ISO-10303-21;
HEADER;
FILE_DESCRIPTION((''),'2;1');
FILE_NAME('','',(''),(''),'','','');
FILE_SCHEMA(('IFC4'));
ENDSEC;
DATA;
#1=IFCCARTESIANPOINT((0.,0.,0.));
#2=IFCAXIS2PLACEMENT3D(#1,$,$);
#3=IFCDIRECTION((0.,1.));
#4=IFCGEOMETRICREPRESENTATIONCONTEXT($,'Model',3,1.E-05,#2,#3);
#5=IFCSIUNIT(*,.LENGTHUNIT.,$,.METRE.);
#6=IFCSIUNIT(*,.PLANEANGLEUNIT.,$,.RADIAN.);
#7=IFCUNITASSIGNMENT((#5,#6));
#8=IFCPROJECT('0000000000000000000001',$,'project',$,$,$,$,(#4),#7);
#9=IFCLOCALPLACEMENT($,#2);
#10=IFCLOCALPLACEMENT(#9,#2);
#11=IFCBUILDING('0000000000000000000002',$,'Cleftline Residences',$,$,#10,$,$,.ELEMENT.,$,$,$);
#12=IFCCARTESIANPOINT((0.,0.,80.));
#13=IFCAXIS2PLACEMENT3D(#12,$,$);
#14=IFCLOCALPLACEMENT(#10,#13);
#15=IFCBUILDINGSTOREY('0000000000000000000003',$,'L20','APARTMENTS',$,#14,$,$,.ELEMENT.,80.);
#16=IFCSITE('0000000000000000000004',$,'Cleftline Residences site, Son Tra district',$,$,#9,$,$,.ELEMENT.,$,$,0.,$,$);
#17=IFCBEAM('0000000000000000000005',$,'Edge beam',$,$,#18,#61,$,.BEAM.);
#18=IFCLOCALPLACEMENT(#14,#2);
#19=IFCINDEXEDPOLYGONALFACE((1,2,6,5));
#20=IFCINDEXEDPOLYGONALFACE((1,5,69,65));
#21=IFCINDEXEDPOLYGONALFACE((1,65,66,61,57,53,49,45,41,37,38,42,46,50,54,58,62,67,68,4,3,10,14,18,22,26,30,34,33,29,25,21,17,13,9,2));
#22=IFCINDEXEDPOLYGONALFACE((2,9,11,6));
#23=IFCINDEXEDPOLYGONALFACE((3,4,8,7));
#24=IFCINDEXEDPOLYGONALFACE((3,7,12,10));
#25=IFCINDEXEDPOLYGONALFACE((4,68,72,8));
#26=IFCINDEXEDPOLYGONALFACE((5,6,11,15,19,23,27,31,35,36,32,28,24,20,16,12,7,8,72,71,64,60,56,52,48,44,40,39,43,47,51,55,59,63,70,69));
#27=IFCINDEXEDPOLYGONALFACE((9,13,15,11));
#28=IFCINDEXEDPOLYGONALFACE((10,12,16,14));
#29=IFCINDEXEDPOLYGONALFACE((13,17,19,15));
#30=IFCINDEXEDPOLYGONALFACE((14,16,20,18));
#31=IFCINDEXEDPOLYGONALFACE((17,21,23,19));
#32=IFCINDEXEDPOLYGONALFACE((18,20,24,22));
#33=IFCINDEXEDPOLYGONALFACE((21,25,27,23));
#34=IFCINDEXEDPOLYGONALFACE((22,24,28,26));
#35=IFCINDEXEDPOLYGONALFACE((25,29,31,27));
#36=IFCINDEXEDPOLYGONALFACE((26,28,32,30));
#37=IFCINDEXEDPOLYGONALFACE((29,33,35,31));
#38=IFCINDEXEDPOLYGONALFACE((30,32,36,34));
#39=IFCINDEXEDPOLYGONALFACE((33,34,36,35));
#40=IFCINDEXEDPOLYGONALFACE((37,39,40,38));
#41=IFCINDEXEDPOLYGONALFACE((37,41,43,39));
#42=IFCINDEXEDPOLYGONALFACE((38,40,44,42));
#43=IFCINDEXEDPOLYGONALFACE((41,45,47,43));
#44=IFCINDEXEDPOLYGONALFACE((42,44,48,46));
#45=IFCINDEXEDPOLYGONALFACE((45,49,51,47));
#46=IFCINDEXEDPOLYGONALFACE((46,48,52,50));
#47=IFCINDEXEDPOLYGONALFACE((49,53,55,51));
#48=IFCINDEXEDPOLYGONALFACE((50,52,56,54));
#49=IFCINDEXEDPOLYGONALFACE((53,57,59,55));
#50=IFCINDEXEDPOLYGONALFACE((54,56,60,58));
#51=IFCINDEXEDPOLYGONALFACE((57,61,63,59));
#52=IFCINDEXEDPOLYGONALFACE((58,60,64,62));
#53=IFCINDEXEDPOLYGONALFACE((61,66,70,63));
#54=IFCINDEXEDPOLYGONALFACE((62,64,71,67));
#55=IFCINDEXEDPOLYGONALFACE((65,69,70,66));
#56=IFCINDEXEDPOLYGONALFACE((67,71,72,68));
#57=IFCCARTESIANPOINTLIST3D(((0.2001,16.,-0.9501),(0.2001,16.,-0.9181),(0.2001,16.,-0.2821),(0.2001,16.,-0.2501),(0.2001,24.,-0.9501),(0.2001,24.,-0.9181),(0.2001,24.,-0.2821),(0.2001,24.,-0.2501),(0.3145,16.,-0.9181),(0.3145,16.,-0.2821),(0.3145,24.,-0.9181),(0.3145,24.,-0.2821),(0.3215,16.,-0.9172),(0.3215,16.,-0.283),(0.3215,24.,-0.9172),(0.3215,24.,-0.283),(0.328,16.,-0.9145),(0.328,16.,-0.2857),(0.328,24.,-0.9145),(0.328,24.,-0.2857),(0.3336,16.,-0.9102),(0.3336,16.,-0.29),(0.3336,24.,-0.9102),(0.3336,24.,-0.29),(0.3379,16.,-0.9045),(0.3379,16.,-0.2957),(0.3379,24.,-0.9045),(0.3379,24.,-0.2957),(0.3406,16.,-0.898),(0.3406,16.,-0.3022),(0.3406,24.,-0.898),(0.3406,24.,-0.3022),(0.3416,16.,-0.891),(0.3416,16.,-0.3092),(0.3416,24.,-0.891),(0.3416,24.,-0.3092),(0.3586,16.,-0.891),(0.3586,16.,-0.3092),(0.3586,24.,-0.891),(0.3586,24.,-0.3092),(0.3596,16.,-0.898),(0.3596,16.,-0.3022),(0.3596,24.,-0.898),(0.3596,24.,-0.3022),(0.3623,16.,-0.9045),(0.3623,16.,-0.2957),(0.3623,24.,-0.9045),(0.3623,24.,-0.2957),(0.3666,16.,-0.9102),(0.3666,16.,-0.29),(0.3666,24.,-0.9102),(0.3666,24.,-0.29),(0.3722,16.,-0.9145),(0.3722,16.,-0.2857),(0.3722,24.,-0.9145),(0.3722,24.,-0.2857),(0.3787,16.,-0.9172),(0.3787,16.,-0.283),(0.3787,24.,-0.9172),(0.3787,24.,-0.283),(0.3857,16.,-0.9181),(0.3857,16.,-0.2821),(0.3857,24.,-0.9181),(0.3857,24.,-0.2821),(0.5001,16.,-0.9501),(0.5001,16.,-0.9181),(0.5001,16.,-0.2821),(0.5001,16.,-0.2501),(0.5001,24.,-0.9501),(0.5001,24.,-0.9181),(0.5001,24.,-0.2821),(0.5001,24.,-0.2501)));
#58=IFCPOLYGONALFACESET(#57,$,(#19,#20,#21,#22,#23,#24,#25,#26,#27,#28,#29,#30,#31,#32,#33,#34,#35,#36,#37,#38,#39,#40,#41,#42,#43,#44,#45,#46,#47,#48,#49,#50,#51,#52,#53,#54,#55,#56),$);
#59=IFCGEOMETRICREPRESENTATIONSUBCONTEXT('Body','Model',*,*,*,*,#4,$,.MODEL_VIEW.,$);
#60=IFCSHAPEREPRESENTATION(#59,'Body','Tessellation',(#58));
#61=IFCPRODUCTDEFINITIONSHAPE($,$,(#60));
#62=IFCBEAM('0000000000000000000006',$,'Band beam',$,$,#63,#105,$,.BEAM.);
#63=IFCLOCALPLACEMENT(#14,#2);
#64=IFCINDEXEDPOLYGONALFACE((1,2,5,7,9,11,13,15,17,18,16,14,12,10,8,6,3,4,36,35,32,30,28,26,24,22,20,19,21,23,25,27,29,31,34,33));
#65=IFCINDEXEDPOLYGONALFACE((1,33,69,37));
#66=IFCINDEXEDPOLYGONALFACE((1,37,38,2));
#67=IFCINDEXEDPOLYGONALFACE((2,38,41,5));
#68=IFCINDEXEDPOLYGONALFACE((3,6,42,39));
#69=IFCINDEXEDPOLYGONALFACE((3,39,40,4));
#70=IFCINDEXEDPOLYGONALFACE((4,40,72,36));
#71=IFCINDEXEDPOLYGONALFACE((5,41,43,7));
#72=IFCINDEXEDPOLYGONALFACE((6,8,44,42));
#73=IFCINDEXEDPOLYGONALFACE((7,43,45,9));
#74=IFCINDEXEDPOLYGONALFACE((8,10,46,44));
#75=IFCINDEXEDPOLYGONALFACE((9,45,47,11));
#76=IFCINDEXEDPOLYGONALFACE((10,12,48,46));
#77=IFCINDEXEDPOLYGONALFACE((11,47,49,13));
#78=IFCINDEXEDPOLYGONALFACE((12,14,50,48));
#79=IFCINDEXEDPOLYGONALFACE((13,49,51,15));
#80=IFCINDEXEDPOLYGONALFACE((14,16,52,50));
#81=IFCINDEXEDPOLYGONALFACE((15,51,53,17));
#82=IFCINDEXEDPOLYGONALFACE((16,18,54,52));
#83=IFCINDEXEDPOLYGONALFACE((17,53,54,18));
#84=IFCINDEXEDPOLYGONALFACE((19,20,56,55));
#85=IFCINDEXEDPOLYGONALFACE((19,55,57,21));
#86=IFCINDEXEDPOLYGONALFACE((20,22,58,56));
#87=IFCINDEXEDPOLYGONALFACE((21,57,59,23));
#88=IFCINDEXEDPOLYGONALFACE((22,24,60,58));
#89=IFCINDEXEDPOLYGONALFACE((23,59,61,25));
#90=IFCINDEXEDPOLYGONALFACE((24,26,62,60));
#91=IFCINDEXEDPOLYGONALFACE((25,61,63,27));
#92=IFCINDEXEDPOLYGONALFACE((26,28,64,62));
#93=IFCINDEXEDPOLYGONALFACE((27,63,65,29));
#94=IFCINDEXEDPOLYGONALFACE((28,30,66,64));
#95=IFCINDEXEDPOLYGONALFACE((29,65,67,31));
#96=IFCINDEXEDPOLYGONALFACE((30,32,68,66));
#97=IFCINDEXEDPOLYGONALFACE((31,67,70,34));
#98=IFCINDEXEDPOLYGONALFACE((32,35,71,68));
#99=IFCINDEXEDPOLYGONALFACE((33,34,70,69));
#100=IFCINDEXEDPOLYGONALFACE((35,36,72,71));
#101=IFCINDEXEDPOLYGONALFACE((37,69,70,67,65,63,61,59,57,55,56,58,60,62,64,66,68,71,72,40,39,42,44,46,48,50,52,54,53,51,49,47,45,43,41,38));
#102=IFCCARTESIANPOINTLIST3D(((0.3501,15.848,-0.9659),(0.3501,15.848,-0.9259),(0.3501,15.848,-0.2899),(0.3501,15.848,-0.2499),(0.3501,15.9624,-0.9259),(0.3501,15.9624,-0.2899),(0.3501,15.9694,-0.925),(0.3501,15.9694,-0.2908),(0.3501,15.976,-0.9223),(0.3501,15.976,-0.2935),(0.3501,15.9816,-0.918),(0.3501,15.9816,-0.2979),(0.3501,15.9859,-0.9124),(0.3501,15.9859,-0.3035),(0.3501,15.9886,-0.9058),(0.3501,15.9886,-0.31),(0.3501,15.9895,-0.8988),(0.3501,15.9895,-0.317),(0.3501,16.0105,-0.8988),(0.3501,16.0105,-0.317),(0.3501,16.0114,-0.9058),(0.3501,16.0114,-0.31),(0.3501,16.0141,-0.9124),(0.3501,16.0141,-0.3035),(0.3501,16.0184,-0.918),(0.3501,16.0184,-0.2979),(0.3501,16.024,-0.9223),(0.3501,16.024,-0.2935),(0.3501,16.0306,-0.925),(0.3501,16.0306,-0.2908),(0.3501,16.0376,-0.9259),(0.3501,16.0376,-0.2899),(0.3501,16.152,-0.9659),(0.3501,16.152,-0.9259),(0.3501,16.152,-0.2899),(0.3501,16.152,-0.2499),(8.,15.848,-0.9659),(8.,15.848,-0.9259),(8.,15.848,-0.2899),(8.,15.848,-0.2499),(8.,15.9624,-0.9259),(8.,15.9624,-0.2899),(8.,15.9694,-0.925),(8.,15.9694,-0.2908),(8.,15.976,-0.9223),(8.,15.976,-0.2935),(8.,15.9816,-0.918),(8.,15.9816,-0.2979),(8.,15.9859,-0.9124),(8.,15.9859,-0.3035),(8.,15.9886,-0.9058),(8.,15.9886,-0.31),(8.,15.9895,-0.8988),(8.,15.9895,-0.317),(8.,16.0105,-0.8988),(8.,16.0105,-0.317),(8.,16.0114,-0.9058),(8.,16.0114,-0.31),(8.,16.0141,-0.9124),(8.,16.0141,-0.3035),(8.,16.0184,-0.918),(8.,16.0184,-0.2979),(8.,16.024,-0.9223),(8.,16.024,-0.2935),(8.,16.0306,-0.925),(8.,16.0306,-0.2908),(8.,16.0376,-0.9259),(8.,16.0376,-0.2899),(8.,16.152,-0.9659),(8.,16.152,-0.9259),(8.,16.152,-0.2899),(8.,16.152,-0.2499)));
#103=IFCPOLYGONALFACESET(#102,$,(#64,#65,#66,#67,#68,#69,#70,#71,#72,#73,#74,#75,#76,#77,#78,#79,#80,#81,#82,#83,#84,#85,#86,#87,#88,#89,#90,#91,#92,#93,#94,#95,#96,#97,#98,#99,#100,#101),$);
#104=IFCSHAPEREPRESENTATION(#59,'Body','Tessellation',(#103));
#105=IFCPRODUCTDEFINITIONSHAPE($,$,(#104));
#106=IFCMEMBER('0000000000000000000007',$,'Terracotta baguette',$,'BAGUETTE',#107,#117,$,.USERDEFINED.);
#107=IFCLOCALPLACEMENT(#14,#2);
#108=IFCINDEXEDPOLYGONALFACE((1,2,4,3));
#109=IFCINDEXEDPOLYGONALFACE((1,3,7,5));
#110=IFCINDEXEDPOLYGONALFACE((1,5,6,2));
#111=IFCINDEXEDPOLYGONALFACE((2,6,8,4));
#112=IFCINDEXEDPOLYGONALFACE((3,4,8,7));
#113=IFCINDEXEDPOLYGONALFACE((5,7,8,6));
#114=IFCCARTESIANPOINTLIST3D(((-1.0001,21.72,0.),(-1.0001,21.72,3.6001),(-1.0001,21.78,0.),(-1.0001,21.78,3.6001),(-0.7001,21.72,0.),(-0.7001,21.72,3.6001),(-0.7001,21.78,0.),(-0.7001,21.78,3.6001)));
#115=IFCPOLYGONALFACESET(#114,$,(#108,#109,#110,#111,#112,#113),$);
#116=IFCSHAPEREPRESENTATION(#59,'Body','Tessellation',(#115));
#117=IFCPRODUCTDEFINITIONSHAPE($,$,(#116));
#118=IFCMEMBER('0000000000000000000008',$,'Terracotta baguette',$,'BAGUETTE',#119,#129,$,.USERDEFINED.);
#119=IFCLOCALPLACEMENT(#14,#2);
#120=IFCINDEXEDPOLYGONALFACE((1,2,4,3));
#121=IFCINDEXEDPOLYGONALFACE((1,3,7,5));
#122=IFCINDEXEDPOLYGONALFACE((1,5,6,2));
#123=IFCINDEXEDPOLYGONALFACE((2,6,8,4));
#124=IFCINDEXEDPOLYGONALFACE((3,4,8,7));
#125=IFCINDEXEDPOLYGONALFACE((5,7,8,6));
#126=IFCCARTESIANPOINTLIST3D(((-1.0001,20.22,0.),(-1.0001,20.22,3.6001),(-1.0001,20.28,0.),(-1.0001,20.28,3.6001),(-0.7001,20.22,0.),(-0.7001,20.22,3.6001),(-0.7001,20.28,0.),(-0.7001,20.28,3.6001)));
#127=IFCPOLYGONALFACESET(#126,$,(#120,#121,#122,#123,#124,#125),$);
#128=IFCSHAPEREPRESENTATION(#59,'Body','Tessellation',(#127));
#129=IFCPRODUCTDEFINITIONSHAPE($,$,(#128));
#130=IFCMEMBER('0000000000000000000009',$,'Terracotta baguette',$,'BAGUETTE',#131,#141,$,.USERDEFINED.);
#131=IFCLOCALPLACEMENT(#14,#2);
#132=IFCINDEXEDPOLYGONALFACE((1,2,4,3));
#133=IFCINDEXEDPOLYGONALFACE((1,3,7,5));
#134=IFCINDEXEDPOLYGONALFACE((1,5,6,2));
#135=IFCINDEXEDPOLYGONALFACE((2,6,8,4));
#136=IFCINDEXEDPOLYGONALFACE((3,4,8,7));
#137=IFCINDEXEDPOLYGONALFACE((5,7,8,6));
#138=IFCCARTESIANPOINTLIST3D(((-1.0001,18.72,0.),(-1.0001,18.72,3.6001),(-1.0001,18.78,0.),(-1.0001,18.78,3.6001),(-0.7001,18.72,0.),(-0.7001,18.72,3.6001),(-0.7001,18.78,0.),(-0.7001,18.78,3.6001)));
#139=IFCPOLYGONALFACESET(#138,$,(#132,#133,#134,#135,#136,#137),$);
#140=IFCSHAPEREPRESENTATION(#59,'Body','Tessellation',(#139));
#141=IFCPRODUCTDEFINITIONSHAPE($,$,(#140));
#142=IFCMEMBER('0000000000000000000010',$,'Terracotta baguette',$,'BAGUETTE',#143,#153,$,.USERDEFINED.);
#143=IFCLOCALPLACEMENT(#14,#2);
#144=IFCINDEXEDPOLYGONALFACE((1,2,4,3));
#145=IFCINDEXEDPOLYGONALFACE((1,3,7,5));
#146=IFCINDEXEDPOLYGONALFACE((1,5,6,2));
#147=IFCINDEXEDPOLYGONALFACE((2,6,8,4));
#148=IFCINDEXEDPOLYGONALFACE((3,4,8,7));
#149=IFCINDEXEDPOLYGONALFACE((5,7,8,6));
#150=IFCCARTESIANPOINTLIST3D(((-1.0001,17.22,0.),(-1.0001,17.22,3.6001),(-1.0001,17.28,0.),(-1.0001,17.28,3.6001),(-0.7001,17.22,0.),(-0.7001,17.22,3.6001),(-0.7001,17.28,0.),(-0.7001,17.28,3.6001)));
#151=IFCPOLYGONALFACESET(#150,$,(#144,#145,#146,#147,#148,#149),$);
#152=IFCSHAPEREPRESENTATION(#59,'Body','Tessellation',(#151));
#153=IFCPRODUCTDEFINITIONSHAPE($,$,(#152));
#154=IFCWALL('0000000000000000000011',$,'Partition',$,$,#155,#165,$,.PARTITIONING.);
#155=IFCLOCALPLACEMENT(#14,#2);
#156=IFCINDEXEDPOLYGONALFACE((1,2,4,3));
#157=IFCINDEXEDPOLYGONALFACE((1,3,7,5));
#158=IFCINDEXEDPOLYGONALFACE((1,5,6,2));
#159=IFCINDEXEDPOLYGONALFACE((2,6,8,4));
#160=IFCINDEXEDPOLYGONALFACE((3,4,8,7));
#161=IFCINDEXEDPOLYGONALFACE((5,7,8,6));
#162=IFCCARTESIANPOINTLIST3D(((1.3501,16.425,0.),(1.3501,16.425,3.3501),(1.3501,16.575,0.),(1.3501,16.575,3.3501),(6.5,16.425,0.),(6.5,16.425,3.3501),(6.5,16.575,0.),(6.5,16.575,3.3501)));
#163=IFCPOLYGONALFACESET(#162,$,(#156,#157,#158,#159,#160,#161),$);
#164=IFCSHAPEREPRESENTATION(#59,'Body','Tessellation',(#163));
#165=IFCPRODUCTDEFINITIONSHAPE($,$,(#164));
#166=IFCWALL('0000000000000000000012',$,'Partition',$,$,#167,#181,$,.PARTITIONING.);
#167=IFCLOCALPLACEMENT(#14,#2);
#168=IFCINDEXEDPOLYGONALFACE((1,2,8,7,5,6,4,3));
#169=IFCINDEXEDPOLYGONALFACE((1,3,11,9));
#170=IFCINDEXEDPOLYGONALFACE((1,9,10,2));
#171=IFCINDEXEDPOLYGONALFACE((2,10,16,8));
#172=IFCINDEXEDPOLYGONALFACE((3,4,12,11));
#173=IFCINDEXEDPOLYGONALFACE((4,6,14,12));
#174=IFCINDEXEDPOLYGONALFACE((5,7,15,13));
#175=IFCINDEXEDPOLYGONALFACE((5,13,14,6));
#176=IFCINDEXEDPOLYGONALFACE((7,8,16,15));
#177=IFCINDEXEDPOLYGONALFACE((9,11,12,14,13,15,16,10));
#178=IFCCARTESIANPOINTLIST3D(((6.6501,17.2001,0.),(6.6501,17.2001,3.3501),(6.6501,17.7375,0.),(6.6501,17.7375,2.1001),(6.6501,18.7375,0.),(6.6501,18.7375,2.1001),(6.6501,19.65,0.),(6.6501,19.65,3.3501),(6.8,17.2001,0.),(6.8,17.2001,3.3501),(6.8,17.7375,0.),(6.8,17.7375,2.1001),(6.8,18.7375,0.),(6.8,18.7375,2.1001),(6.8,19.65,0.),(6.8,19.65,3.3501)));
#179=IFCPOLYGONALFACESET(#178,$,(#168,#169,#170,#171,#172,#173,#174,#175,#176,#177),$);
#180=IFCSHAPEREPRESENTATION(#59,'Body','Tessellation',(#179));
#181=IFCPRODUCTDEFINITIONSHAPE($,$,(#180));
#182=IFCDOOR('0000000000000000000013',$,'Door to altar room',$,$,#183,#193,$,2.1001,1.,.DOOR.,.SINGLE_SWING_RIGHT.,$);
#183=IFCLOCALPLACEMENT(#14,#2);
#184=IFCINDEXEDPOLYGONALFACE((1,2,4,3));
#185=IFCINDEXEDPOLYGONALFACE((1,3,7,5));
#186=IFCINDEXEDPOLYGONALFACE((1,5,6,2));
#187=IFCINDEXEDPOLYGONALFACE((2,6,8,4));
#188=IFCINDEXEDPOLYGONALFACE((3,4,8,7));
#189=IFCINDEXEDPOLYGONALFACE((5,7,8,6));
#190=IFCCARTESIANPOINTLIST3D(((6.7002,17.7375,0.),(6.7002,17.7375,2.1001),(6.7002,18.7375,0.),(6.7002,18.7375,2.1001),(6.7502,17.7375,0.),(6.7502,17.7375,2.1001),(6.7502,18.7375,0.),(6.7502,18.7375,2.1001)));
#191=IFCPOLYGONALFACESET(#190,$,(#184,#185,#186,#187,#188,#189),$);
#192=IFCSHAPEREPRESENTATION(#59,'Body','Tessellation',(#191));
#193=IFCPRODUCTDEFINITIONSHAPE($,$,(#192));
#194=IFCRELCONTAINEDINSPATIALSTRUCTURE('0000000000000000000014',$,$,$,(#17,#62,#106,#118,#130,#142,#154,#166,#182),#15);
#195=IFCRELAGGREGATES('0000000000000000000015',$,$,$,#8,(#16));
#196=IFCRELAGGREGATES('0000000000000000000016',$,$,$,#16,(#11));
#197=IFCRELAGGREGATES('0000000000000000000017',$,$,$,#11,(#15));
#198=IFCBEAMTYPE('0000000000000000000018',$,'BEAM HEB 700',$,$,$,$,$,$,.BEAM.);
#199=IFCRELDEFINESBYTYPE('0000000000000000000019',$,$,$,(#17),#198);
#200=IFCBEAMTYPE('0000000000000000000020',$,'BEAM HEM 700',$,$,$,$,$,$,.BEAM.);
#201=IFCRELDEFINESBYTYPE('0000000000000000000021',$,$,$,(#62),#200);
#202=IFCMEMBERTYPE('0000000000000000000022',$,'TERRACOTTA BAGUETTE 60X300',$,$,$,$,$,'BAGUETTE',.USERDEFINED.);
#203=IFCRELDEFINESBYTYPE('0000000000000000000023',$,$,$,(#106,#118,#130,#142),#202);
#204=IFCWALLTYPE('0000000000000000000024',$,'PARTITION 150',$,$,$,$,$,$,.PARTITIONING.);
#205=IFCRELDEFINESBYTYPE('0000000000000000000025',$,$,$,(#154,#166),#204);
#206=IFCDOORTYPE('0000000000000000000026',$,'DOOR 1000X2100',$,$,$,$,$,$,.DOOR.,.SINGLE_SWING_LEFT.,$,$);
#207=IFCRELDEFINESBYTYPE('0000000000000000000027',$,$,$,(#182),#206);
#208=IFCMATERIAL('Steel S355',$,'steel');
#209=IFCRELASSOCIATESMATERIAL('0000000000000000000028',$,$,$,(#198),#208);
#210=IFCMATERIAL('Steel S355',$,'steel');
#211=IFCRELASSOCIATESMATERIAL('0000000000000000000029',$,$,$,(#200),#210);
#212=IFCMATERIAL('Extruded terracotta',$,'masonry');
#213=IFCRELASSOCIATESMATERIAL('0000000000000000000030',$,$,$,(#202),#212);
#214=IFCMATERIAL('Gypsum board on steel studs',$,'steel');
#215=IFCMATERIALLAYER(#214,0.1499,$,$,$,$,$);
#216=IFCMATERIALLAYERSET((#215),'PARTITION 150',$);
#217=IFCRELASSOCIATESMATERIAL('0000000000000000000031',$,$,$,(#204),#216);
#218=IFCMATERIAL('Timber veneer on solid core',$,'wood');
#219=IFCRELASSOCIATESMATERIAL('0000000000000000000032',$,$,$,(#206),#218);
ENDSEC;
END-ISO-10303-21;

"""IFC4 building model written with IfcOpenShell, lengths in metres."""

from ifc_helpers import new_model, si_unit, direction, frame, frame_2d, origin, origin_2d, place, context, subcontext, project, spatial, rectangle, i_section, extrude, material, layer, layer_set, material_profile, profile_set, type_object, element, fill, save


model = new_model("IFC4")

# Units and contexts
model_context = context("Model", 3, precision=1e-05, world=origin(), true_north=direction((0.0, 1.0)))
body_context = subcontext(model_context, "Body", "Model", "MODEL_VIEW")
ifc_project = project(units=[si_unit("LENGTHUNIT", "METRE"), si_unit("PLANEANGLEUNIT", "RADIAN")], contexts=[model_context])

# Site, building, storey
site_placement = place(None, origin())
site = spatial("IfcSite", under=ifc_project, at=site_placement, Name="Cleftline Residences site, Son Tra district", CompositionType="ELEMENT", RefElevation=0.0)
building_placement = place(site_placement, origin())
building = spatial("IfcBuilding", under=site, at=building_placement, Name="Cleftline Residences", CompositionType="ELEMENT")
storey_placement = place(building_placement, frame((0.0, 0.0, 80.0)))
storey = spatial("IfcBuildingStorey", under=building, at=storey_placement, Name="L20", Description="APARTMENTS", CompositionType="ELEMENT", Elevation=80.0)

# Beams
ifc_material_1 = material(Name="Steel S355", Category="steel")
ifc_material_profile_1 = material_profile(ifc_material_1, i_section(OverallWidth=0.3, OverallDepth=0.7, WebThickness=0.0171, FlangeThickness=0.032, FilletRadius=0.0271, at=origin_2d()))
ifc_profile_set_1 = profile_set([ifc_material_profile_1], Name="Steel S355")
beam_type_1 = type_object("IfcBeamType", Name="BEAM HEB 700", PredefinedType="BEAM", material=ifc_profile_set_1)
beam_1_placement = place(storey_placement, frame((0.3501, 16.0, -0.6001), z_axis=(0.0, 1.0, 0.0), x_axis=(-1.0, 0.0, 0.0)))
element("IfcBeam", 1, at=beam_1_placement, inside=storey, type_object=beam_type_1, Name="Edge beam", PredefinedType="BEAM", context=body_context, shape_type="SweptSolid", body=[
    extrude(i_section(OverallWidth=0.3, OverallDepth=0.7, WebThickness=0.0171, FlangeThickness=0.032, FilletRadius=0.0271, at=origin_2d()), origin(), (0.0, 0.0, 1.0), 8.0),
])
ifc_material_2 = material(Name="Steel S355", Category="steel")
ifc_material_profile_2 = material_profile(ifc_material_2, i_section(OverallWidth=0.304, OverallDepth=0.7161, WebThickness=0.021, FlangeThickness=0.04, FilletRadius=0.0271, at=origin_2d()))
ifc_profile_set_2 = profile_set([ifc_material_profile_2], Name="Steel S355")
beam_type_2 = type_object("IfcBeamType", Name="BEAM HEM 700", PredefinedType="BEAM", material=ifc_profile_set_2)
beam_2_placement = place(storey_placement, frame((0.3501, 16.0, -0.6079), z_axis=(1.0, 0.0, 0.0), x_axis=(0.0, 1.0, 0.0)))
element("IfcBeam", 2, at=beam_2_placement, inside=storey, type_object=beam_type_2, Name="Band beam", PredefinedType="BEAM", context=body_context, shape_type="SweptSolid", body=[
    extrude(i_section(OverallWidth=0.304, OverallDepth=0.7161, WebThickness=0.021, FlangeThickness=0.04, FilletRadius=0.0271, at=origin_2d()), origin(), (0.0, 0.0, 1.0), 7.6499),
])

# Members
ifc_material_3 = material(Name="Extruded terracotta", Category="masonry")
ifc_material_profile_3 = material_profile(ifc_material_3, rectangle(XDim=0.0601, YDim=0.3, at=origin_2d()))
ifc_profile_set_3 = profile_set([ifc_material_profile_3], Name="Extruded terracotta")
member_type_1 = type_object("IfcMemberType", Name="TERRACOTTA BAGUETTE 60X300", ElementType="BAGUETTE", PredefinedType="USERDEFINED", material=ifc_profile_set_3)
for number, where, z_axis, x_axis, name in (
    (3, (-0.8501, 21.75, 0.0), (0.0, 0.0, 1.0), (0.0, 1.0, 0.0), "Terracotta baguette"),
    (4, (-0.8501, 20.25, 0.0), (0.0, 0.0, 1.0), (0.0, 1.0, 0.0), "Terracotta baguette"),
    (5, (-0.8501, 18.75, 0.0), (0.0, 0.0, 1.0), (0.0, 1.0, 0.0), "Terracotta baguette"),
    (6, (-0.8501, 17.25, 0.0), (0.0, 0.0, 1.0), (0.0, 1.0, 0.0), "Terracotta baguette"),
):
    element("IfcMember", number, at=place(storey_placement, frame(where, z_axis=z_axis, x_axis=x_axis)), inside=storey, type_object=member_type_1, Name=name, ObjectType="BAGUETTE", PredefinedType="USERDEFINED", context=body_context, shape_type="SweptSolid", body=[
        extrude(rectangle(XDim=0.0601, YDim=0.3, at=origin_2d()), origin(), (0.0, 0.0, 1.0), 3.6001),
    ])

# Wall
ifc_material_4 = material(Name="Gypsum board on steel studs", Category="steel")
ifc_layer_1 = layer(ifc_material_4, 0.1499)
ifc_layer_set_1 = layer_set([ifc_layer_1], Name="PARTITION 150")
wall_type_1 = type_object("IfcWallType", Name="PARTITION 150", PredefinedType="PARTITIONING", material=ifc_layer_set_1)
wall_1_placement = place(storey_placement, frame((1.3501, 16.5, 0.0), z_axis=(0.0, 0.0, 1.0), x_axis=(1.0, 0.0, 0.0)))
element("IfcWall", 7, at=wall_1_placement, inside=storey, type_object=wall_type_1, Name="Partition", PredefinedType="PARTITIONING", context=body_context, shape_type="SweptSolid", body=[
    extrude(rectangle(XDim=5.1499, YDim=0.1499, at=frame_2d((2.575, 0.0))), origin(), (0.0, 0.0, 1.0), 3.3501),
])

# Wall, opening, door
wall_2_placement = place(storey_placement, frame((6.7251, 17.2, 0.0), z_axis=(0.0, 0.0, 1.0), x_axis=(0.0, 1.0, 0.0)))
wall_2 = element("IfcWall", 8, at=wall_2_placement, inside=storey, type_object=wall_type_1, Name="Partition", PredefinedType="PARTITIONING", context=body_context, shape_type="SweptSolid", body=[
    extrude(rectangle(XDim=2.45, YDim=0.1499, at=frame_2d((1.2251, 0.0))), origin(), (0.0, 0.0, 1.0), 3.3501),
])
opening_1_placement = place(wall_2_placement, frame((0.5376, 0.0, 0.0)))
opening_1 = element("IfcOpeningElement", 9, at=opening_1_placement, cuts=wall_2, PredefinedType="OPENING", context=body_context, shape_type="SweptSolid", body=[
    extrude(rectangle(XDim=1.0, YDim=2.1001, at=frame_2d((0.5, 1.05))), frame((0.0, 0.085, 0.0), z_axis=(0.0, -1.0, 0.0), x_axis=(1.0, 0.0, 0.0)), (0.0, 0.0, 1.0), 0.1699),
])
ifc_material_5 = material(Name="Timber veneer on solid core", Category="wood")
door_type_1 = type_object("IfcDoorType", Name="DOOR 1000X2100", OperationType="SINGLE_SWING_LEFT", PredefinedType="DOOR", material=ifc_material_5)
door_1_placement = place(opening_1_placement, origin())
door_1 = element("IfcDoor", 10, at=door_1_placement, inside=storey, type_object=door_type_1, Name="Door to altar room", OperationType="SINGLE_SWING_RIGHT", OverallHeight=2.1001, OverallWidth=1.0, PredefinedType="DOOR", context=body_context, shape_type="SweptSolid", body=[
    extrude(rectangle(XDim=1.0, YDim=2.1001, at=frame_2d((0.5, 1.05))), frame((0.0, 0.0249, 0.0), z_axis=(0.0, -1.0, 0.0), x_axis=(1.0, 0.0, 0.0)), (0.0, 0.0, 1.0), 0.05),
])
fill(opening_1, door_1)

save(model, "model.ifc")
